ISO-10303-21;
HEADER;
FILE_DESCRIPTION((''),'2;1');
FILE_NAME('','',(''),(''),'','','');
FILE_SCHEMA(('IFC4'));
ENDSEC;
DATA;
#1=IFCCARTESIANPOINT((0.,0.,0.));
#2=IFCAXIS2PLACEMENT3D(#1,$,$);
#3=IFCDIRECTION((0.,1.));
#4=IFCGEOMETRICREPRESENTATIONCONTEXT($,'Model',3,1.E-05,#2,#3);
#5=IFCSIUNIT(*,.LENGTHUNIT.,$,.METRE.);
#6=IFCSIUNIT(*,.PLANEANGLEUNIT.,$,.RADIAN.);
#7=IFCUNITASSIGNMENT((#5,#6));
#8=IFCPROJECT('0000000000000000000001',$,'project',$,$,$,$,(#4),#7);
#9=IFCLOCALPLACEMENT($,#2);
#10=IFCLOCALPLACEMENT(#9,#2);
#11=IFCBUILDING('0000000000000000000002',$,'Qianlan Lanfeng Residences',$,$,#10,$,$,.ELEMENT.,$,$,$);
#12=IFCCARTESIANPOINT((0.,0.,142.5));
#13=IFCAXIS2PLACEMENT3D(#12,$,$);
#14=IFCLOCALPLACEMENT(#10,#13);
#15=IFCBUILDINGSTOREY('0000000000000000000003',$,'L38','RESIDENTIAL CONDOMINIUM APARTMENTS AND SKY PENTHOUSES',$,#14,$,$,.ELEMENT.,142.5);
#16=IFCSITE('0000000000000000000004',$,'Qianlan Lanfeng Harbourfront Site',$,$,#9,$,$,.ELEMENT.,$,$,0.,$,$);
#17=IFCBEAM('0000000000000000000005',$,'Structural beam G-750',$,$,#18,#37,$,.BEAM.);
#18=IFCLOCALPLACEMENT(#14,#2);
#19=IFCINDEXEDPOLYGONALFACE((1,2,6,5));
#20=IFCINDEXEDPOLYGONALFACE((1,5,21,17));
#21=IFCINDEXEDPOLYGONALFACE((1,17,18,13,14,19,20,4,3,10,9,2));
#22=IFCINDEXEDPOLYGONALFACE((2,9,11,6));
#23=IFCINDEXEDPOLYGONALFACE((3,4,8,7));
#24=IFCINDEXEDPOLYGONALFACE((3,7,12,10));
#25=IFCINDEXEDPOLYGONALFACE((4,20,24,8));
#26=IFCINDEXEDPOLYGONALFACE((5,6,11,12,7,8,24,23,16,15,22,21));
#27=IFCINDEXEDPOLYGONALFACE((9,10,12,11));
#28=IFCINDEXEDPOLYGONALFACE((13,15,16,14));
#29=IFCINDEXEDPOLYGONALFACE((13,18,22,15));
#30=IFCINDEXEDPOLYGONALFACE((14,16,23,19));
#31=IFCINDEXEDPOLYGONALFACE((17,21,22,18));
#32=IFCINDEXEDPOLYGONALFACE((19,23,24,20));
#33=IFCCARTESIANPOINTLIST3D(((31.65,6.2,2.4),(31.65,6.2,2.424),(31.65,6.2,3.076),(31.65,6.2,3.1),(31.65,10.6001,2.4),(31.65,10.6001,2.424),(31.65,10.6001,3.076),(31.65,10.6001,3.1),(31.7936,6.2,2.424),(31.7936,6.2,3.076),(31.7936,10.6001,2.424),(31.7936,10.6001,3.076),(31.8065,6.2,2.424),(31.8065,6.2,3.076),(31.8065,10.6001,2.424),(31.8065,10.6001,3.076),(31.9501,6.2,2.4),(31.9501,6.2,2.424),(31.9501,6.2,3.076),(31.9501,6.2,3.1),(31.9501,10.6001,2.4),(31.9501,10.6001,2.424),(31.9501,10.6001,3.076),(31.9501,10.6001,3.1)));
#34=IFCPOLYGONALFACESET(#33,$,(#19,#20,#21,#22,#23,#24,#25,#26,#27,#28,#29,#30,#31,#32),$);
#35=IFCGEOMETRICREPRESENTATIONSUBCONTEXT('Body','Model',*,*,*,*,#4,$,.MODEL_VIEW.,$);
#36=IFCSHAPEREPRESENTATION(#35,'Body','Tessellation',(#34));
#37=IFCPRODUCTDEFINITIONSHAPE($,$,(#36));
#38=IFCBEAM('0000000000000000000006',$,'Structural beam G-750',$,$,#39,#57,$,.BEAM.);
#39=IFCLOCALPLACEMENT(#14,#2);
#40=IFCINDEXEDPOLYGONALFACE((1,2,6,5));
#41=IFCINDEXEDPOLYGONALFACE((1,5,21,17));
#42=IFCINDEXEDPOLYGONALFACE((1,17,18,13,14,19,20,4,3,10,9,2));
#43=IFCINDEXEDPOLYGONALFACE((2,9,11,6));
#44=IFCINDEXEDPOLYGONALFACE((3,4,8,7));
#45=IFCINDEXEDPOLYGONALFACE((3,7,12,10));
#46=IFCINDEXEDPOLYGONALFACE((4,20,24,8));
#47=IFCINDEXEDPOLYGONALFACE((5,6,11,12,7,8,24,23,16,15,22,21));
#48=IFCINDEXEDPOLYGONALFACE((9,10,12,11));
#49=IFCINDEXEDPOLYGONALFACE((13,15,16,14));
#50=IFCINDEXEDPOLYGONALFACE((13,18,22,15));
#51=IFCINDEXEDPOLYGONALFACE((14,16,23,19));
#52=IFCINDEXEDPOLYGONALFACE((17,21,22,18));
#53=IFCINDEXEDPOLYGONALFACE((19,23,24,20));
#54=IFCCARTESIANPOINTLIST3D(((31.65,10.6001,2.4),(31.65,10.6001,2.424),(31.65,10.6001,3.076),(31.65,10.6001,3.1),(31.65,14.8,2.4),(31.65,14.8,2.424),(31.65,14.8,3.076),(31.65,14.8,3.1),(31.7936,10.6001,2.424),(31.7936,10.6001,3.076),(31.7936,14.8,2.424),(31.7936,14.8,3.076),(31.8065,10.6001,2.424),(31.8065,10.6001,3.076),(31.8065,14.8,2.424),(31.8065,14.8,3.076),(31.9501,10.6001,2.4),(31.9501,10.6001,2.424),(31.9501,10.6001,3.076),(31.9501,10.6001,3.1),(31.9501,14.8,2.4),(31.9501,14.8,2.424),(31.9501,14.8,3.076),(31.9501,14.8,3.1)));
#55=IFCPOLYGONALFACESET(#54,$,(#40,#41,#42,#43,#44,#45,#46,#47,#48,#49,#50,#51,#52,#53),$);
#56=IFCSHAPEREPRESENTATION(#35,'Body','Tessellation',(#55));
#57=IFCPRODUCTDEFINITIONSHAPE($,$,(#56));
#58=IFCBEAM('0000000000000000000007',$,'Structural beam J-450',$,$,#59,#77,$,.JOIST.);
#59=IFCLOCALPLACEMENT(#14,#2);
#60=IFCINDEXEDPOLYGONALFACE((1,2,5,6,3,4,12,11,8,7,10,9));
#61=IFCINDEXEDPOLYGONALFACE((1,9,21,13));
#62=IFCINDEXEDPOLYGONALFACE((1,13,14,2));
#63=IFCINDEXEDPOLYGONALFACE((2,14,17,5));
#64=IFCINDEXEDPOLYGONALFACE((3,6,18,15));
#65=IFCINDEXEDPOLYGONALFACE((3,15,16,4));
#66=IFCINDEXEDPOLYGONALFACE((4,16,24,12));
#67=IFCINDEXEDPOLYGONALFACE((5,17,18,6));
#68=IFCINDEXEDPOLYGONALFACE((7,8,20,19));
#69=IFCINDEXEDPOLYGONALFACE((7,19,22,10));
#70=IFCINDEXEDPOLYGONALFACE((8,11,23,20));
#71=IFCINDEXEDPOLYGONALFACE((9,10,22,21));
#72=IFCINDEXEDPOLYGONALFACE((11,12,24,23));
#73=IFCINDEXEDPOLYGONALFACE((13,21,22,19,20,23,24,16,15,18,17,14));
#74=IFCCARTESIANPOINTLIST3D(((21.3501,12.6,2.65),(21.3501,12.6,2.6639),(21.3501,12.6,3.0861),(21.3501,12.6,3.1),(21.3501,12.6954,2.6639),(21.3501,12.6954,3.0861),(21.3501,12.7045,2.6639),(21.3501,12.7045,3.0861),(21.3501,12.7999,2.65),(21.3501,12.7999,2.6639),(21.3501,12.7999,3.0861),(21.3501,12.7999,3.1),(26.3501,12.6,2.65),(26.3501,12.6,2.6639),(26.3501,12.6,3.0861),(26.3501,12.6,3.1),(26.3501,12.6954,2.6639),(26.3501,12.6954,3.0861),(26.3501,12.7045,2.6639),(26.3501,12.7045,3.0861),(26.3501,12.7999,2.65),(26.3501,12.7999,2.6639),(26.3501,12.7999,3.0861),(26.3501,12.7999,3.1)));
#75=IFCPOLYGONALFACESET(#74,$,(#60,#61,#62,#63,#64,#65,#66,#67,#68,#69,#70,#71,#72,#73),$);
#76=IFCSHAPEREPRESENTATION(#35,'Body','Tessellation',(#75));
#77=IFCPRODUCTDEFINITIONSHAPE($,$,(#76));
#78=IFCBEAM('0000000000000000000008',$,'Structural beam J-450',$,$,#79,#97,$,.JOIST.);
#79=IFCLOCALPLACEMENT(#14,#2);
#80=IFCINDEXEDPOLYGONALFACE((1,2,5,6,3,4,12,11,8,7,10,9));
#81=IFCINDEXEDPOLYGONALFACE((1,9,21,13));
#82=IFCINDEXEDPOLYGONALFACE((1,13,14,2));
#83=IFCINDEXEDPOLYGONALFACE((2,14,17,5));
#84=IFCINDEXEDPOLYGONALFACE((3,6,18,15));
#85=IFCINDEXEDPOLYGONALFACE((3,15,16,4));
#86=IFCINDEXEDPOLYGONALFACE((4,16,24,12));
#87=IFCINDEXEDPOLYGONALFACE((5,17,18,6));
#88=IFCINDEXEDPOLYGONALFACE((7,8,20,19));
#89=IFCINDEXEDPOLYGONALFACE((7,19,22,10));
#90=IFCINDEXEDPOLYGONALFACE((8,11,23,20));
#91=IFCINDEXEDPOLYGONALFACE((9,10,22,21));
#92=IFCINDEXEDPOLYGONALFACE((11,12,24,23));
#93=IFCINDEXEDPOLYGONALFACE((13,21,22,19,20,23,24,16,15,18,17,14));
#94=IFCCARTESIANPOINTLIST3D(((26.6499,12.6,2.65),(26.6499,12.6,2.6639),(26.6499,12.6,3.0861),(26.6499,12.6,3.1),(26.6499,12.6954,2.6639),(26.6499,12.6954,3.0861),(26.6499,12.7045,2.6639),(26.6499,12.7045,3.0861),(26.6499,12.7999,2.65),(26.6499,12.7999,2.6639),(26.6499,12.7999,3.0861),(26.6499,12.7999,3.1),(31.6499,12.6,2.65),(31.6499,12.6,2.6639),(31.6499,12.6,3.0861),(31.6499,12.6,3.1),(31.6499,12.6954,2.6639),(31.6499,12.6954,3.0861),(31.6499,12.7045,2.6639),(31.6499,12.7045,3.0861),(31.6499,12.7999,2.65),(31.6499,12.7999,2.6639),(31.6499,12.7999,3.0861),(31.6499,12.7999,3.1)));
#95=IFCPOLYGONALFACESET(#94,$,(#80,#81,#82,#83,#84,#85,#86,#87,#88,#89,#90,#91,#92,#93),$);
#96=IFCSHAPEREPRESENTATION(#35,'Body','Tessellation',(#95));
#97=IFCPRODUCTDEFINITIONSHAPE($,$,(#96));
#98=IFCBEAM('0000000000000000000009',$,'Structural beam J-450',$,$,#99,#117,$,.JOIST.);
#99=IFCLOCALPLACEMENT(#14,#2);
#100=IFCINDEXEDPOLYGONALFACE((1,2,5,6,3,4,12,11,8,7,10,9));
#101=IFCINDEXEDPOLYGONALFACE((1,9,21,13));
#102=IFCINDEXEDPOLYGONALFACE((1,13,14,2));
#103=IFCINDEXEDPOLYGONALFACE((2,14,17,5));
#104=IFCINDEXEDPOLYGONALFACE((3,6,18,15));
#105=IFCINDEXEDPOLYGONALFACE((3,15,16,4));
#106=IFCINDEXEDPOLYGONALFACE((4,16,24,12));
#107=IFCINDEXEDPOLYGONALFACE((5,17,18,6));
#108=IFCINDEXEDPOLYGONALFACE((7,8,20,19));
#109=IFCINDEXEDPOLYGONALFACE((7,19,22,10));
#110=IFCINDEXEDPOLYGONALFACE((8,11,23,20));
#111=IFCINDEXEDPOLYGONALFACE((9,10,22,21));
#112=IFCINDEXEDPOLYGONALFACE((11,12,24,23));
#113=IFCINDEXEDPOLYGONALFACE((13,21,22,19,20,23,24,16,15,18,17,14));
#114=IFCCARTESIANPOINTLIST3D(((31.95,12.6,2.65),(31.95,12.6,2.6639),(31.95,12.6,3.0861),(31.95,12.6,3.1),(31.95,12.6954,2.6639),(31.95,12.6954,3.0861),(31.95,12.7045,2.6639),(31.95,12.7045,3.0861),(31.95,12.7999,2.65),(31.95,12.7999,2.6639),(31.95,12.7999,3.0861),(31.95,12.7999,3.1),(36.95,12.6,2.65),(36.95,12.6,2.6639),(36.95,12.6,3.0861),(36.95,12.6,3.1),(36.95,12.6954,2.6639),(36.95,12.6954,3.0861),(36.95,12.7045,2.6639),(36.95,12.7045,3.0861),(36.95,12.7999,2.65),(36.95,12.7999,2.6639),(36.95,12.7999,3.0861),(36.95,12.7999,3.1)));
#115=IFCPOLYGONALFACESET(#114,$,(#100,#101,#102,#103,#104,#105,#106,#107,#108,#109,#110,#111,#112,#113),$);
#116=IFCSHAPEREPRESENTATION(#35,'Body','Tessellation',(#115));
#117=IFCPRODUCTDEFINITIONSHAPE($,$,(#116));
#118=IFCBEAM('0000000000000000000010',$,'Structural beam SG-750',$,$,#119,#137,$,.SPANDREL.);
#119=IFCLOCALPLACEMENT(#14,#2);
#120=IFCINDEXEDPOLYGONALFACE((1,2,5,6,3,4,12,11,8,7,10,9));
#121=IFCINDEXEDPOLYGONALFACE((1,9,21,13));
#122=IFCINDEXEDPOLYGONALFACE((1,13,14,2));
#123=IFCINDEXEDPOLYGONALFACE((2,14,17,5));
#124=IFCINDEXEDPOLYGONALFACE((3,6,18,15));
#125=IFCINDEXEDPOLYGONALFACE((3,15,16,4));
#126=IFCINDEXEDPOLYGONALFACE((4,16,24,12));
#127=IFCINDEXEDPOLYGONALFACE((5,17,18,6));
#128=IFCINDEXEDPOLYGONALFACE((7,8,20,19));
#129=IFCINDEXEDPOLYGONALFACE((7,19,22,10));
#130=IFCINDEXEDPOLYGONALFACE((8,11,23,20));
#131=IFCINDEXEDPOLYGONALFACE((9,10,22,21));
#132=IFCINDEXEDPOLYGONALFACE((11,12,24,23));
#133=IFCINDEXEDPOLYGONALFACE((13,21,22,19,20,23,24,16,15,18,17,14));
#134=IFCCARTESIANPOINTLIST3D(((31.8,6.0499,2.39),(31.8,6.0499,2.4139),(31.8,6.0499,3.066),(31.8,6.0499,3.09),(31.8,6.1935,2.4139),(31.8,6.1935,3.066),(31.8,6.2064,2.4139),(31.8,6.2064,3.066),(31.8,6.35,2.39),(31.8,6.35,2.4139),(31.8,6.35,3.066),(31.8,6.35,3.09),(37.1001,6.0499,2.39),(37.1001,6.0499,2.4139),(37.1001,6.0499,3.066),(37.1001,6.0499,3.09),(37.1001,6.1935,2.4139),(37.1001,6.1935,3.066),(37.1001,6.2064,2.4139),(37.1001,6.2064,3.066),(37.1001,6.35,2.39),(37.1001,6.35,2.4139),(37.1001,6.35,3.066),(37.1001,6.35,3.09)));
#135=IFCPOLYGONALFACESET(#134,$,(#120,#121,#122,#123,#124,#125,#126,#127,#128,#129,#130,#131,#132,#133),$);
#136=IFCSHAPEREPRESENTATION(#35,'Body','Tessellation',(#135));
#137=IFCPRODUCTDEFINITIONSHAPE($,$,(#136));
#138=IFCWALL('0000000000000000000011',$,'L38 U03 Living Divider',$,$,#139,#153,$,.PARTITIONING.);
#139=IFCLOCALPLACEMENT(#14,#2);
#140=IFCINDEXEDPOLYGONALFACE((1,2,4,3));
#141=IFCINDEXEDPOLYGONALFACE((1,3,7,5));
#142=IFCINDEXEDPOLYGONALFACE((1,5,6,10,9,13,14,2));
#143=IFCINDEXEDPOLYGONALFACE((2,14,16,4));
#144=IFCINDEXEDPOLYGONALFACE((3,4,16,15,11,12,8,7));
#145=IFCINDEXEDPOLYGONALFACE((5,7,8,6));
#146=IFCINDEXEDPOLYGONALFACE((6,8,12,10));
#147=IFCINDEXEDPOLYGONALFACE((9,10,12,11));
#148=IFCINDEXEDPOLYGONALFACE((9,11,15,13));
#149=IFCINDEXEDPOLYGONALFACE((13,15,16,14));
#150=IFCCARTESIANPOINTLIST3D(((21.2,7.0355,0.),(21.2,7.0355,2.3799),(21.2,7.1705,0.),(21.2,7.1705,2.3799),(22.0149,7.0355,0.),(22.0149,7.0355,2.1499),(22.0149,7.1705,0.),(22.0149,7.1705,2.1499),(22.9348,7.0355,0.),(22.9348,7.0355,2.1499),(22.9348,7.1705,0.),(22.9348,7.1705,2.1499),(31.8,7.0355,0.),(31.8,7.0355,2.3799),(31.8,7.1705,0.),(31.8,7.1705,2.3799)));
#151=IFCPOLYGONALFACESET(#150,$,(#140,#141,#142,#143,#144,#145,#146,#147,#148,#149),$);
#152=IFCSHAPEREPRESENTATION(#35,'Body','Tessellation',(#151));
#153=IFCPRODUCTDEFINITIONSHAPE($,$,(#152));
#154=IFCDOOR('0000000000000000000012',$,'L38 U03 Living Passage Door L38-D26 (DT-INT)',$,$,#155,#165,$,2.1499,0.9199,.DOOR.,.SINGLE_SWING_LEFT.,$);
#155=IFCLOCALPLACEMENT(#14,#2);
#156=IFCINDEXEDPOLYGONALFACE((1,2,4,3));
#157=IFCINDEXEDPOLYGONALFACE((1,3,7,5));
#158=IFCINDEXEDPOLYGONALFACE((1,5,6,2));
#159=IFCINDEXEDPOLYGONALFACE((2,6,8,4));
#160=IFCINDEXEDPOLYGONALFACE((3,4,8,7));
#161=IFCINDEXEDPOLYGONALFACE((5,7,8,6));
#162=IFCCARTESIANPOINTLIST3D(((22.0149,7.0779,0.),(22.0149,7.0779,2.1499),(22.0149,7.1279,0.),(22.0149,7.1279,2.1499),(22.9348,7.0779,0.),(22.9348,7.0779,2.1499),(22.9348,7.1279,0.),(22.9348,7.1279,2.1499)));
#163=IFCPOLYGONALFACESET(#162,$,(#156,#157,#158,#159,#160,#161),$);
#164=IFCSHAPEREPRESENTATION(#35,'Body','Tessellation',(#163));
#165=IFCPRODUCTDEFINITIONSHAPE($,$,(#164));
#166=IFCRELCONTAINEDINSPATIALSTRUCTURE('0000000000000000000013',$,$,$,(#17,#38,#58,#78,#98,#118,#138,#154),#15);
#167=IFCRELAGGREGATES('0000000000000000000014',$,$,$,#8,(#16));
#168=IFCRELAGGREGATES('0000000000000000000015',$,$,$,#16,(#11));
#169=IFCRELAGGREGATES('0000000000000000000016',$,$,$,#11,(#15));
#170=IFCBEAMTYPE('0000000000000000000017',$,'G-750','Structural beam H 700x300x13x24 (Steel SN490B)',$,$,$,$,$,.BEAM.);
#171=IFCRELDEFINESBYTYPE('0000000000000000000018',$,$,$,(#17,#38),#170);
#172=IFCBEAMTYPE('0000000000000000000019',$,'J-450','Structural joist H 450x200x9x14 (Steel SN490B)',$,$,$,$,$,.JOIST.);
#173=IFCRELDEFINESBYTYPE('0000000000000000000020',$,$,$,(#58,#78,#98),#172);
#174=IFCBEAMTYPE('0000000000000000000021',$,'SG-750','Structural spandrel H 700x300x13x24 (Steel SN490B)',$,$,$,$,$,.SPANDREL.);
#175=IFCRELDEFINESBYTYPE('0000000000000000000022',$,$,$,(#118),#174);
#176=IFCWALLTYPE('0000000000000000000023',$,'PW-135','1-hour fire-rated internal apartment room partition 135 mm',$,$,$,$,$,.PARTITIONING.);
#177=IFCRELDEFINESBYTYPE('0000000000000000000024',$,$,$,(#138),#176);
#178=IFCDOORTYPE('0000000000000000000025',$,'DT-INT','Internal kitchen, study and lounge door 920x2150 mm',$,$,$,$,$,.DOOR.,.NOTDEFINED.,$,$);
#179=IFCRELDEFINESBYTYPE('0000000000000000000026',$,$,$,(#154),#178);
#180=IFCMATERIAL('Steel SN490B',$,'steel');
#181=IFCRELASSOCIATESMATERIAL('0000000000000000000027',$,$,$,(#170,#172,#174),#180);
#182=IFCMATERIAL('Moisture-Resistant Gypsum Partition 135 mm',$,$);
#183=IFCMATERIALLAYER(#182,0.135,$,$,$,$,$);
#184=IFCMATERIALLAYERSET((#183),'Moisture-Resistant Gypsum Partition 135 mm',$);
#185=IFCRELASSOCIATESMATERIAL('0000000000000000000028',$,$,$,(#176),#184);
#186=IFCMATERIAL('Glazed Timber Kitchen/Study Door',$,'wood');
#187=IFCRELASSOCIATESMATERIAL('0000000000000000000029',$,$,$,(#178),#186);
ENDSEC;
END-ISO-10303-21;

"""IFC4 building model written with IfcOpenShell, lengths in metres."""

from ifc_helpers import new_model, si_unit, direction, frame, frame_2d, origin, origin_2d, place, context, subcontext, project, spatial, rectangle, i_section, extrude, material, layer, layer_set, material_profile, profile_set, type_object, element, fill, save


model = new_model("IFC4")

# Units and contexts
model_context = context("Model", 3, precision=1e-05, world=origin(), true_north=direction((0.0, 1.0)))
body_context = subcontext(model_context, "Body", "Model", "MODEL_VIEW")
ifc_project = project(units=[si_unit("LENGTHUNIT", "METRE"), si_unit("PLANEANGLEUNIT", "RADIAN")], contexts=[model_context])

# Site, building, storey
site_placement = place(None, origin())
site = spatial("IfcSite", under=ifc_project, at=site_placement, Name="Qianlan Lanfeng Harbourfront Site", CompositionType="ELEMENT", RefElevation=0.0)
building_placement = place(site_placement, origin())
building = spatial("IfcBuilding", under=site, at=building_placement, Name="Qianlan Lanfeng Residences", CompositionType="ELEMENT")
storey_placement = place(building_placement, frame((0.0, 0.0, 142.5)))
storey = spatial("IfcBuildingStorey", under=building, at=storey_placement, Name="L38", Description="RESIDENTIAL CONDOMINIUM APARTMENTS AND SKY PENTHOUSES", CompositionType="ELEMENT", Elevation=142.5)

# Shared definitions
ifc_material_1 = material(Name="Steel SN490B", Category="steel")

# Beams
ifc_material_profile_1 = material_profile(ifc_material_1, i_section(OverallWidth=0.3, OverallDepth=0.7, WebThickness=0.0129, FlangeThickness=0.0239, at=origin_2d()), Name="H 700x300x13x24")
ifc_profile_set_1 = profile_set([ifc_material_profile_1], Name="Steel SN490B")
beam_type_1 = type_object("IfcBeamType", Name="G-750", Description="Structural beam H 700x300x13x24 (Steel SN490B)", PredefinedType="BEAM", material=ifc_profile_set_1)
beam_1_placement = place(storey_placement, frame((31.8, 6.2, 2.75), z_axis=(0.0, 1.0, 0.0), x_axis=(-1.0, 0.0, 0.0)))
element("IfcBeam", 1, at=beam_1_placement, inside=storey, type_object=beam_type_1, Name="Structural beam G-750", PredefinedType="BEAM", context=body_context, shape_type="SweptSolid", body=[
    extrude(i_section(OverallWidth=0.3, OverallDepth=0.7, WebThickness=0.0129, FlangeThickness=0.0239, at=origin_2d()), origin(), (0.0, 0.0, 1.0), 4.4001),
])
beam_2_placement = place(storey_placement, frame((31.8, 10.6001, 2.75), z_axis=(0.0, 1.0, 0.0), x_axis=(-1.0, 0.0, 0.0)))
element("IfcBeam", 2, at=beam_2_placement, inside=storey, type_object=beam_type_1, Name="Structural beam G-750", PredefinedType="BEAM", context=body_context, shape_type="SweptSolid", body=[
    extrude(i_section(OverallWidth=0.3, OverallDepth=0.7, WebThickness=0.0129, FlangeThickness=0.0239, at=origin_2d()), origin(), (0.0, 0.0, 1.0), 4.2),
])
ifc_material_profile_2 = material_profile(ifc_material_1, i_section(OverallWidth=0.2, OverallDepth=0.45, WebThickness=0.009, FlangeThickness=0.0139, at=origin_2d()), Name="H 450x200x9x14")
ifc_profile_set_2 = profile_set([ifc_material_profile_2], Name="Steel SN490B")
beam_type_2 = type_object("IfcBeamType", Name="J-450", Description="Structural joist H 450x200x9x14 (Steel SN490B)", PredefinedType="JOIST", material=ifc_profile_set_2)
for number, where, z_axis, x_axis, name in (
    (3, (21.3501, 12.7, 2.875), (1.0, 0.0, 0.0), (0.0, 1.0, 0.0), "Structural beam J-450"),
    (4, (26.6499, 12.7, 2.875), (1.0, 0.0, 0.0), (0.0, 1.0, 0.0), "Structural beam J-450"),
    (5, (31.95, 12.7, 2.875), (1.0, 0.0, 0.0), (0.0, 1.0, 0.0), "Structural beam J-450"),
):
    element("IfcBeam", number, at=place(storey_placement, frame(where, z_axis=z_axis, x_axis=x_axis)), inside=storey, type_object=beam_type_2, Name=name, PredefinedType="JOIST", context=body_context, shape_type="SweptSolid", body=[
        extrude(i_section(OverallWidth=0.2, OverallDepth=0.45, WebThickness=0.009, FlangeThickness=0.0139, at=origin_2d()), origin(), (0.0, 0.0, 1.0), 5.0),
    ])
ifc_material_profile_3 = material_profile(ifc_material_1, i_section(OverallWidth=0.3, OverallDepth=0.7, WebThickness=0.0129, FlangeThickness=0.0239, at=origin_2d()), Name="H 700x300x13x24")
ifc_profile_set_3 = profile_set([ifc_material_profile_3], Name="Steel SN490B")
beam_type_3 = type_object("IfcBeamType", Name="SG-750", Description="Structural spandrel H 700x300x13x24 (Steel SN490B)", PredefinedType="SPANDREL", material=ifc_profile_set_3)
beam_3_placement = place(storey_placement, frame((31.8, 6.2, 2.74), z_axis=(1.0, 0.0, 0.0), x_axis=(0.0, 1.0, 0.0)))
element("IfcBeam", 6, at=beam_3_placement, inside=storey, type_object=beam_type_3, Name="Structural beam SG-750", PredefinedType="SPANDREL", context=body_context, shape_type="SweptSolid", body=[
    extrude(i_section(OverallWidth=0.3, OverallDepth=0.7, WebThickness=0.0129, FlangeThickness=0.0239, at=origin_2d()), origin(), (0.0, 0.0, 1.0), 5.3),
])

# Wall, opening, door
ifc_material_2 = material(Name="Moisture-Resistant Gypsum Partition 135 mm")
ifc_layer = layer(ifc_material_2, 0.135)
ifc_layer_set = layer_set([ifc_layer], Name="Moisture-Resistant Gypsum Partition 135 mm")
wall_type = type_object("IfcWallType", Name="PW-135", Description="1-hour fire-rated internal apartment room partition 135 mm", PredefinedType="PARTITIONING", material=ifc_layer_set)
wall_1_placement = place(storey_placement, frame((21.2, 7.103, 0.0), z_axis=(0.0, 0.0, 1.0), x_axis=(1.0, 0.0, 0.0)))
wall_1 = element("IfcWall", 7, at=wall_1_placement, inside=storey, type_object=wall_type, Name="L38 U03 Living Divider", PredefinedType="PARTITIONING", context=body_context, shape_type="SweptSolid", body=[
    extrude(rectangle(XDim=10.6001, YDim=0.135, at=frame_2d((5.3, 0.0))), origin(), (0.0, 0.0, 1.0), 2.3799),
])
opening_1_placement = place(wall_1_placement, frame((0.8149, 0.0, 0.0)))
opening_1 = element("IfcOpeningElement", 8, at=opening_1_placement, cuts=wall_1, PredefinedType="OPENING", context=body_context, shape_type="SweptSolid", body=[
    extrude(rectangle(XDim=0.9199, YDim=2.1499, at=frame_2d((0.46, 1.075))), frame((0.0, 0.0776, 0.0), z_axis=(0.0, -1.0, 0.0), x_axis=(1.0, 0.0, 0.0)), (0.0, 0.0, 1.0), 0.155),
])
ifc_material_3 = material(Name="Glazed Timber Kitchen/Study Door", Category="wood")
door_type_1 = type_object("IfcDoorType", Name="DT-INT", Description="Internal kitchen, study and lounge door 920x2150 mm", OperationType="NOTDEFINED", PredefinedType="DOOR", material=ifc_material_3)
door_1_placement = place(opening_1_placement, origin())
door_1 = element("IfcDoor", 9, at=door_1_placement, inside=storey, type_object=door_type_1, Name="L38 U03 Living Passage Door L38-D26 (DT-INT)", OperationType="SINGLE_SWING_LEFT", OverallHeight=2.1499, OverallWidth=0.9199, PredefinedType="DOOR", context=body_context, shape_type="SweptSolid", body=[
    extrude(rectangle(XDim=0.9199, YDim=2.1499, at=frame_2d((0.46, 1.075))), frame((0.0, 0.0249, 0.0), z_axis=(0.0, -1.0, 0.0), x_axis=(1.0, 0.0, 0.0)), (0.0, 0.0, 1.0), 0.05),
])
fill(opening_1, door_1)

save(model, "model.ifc")
